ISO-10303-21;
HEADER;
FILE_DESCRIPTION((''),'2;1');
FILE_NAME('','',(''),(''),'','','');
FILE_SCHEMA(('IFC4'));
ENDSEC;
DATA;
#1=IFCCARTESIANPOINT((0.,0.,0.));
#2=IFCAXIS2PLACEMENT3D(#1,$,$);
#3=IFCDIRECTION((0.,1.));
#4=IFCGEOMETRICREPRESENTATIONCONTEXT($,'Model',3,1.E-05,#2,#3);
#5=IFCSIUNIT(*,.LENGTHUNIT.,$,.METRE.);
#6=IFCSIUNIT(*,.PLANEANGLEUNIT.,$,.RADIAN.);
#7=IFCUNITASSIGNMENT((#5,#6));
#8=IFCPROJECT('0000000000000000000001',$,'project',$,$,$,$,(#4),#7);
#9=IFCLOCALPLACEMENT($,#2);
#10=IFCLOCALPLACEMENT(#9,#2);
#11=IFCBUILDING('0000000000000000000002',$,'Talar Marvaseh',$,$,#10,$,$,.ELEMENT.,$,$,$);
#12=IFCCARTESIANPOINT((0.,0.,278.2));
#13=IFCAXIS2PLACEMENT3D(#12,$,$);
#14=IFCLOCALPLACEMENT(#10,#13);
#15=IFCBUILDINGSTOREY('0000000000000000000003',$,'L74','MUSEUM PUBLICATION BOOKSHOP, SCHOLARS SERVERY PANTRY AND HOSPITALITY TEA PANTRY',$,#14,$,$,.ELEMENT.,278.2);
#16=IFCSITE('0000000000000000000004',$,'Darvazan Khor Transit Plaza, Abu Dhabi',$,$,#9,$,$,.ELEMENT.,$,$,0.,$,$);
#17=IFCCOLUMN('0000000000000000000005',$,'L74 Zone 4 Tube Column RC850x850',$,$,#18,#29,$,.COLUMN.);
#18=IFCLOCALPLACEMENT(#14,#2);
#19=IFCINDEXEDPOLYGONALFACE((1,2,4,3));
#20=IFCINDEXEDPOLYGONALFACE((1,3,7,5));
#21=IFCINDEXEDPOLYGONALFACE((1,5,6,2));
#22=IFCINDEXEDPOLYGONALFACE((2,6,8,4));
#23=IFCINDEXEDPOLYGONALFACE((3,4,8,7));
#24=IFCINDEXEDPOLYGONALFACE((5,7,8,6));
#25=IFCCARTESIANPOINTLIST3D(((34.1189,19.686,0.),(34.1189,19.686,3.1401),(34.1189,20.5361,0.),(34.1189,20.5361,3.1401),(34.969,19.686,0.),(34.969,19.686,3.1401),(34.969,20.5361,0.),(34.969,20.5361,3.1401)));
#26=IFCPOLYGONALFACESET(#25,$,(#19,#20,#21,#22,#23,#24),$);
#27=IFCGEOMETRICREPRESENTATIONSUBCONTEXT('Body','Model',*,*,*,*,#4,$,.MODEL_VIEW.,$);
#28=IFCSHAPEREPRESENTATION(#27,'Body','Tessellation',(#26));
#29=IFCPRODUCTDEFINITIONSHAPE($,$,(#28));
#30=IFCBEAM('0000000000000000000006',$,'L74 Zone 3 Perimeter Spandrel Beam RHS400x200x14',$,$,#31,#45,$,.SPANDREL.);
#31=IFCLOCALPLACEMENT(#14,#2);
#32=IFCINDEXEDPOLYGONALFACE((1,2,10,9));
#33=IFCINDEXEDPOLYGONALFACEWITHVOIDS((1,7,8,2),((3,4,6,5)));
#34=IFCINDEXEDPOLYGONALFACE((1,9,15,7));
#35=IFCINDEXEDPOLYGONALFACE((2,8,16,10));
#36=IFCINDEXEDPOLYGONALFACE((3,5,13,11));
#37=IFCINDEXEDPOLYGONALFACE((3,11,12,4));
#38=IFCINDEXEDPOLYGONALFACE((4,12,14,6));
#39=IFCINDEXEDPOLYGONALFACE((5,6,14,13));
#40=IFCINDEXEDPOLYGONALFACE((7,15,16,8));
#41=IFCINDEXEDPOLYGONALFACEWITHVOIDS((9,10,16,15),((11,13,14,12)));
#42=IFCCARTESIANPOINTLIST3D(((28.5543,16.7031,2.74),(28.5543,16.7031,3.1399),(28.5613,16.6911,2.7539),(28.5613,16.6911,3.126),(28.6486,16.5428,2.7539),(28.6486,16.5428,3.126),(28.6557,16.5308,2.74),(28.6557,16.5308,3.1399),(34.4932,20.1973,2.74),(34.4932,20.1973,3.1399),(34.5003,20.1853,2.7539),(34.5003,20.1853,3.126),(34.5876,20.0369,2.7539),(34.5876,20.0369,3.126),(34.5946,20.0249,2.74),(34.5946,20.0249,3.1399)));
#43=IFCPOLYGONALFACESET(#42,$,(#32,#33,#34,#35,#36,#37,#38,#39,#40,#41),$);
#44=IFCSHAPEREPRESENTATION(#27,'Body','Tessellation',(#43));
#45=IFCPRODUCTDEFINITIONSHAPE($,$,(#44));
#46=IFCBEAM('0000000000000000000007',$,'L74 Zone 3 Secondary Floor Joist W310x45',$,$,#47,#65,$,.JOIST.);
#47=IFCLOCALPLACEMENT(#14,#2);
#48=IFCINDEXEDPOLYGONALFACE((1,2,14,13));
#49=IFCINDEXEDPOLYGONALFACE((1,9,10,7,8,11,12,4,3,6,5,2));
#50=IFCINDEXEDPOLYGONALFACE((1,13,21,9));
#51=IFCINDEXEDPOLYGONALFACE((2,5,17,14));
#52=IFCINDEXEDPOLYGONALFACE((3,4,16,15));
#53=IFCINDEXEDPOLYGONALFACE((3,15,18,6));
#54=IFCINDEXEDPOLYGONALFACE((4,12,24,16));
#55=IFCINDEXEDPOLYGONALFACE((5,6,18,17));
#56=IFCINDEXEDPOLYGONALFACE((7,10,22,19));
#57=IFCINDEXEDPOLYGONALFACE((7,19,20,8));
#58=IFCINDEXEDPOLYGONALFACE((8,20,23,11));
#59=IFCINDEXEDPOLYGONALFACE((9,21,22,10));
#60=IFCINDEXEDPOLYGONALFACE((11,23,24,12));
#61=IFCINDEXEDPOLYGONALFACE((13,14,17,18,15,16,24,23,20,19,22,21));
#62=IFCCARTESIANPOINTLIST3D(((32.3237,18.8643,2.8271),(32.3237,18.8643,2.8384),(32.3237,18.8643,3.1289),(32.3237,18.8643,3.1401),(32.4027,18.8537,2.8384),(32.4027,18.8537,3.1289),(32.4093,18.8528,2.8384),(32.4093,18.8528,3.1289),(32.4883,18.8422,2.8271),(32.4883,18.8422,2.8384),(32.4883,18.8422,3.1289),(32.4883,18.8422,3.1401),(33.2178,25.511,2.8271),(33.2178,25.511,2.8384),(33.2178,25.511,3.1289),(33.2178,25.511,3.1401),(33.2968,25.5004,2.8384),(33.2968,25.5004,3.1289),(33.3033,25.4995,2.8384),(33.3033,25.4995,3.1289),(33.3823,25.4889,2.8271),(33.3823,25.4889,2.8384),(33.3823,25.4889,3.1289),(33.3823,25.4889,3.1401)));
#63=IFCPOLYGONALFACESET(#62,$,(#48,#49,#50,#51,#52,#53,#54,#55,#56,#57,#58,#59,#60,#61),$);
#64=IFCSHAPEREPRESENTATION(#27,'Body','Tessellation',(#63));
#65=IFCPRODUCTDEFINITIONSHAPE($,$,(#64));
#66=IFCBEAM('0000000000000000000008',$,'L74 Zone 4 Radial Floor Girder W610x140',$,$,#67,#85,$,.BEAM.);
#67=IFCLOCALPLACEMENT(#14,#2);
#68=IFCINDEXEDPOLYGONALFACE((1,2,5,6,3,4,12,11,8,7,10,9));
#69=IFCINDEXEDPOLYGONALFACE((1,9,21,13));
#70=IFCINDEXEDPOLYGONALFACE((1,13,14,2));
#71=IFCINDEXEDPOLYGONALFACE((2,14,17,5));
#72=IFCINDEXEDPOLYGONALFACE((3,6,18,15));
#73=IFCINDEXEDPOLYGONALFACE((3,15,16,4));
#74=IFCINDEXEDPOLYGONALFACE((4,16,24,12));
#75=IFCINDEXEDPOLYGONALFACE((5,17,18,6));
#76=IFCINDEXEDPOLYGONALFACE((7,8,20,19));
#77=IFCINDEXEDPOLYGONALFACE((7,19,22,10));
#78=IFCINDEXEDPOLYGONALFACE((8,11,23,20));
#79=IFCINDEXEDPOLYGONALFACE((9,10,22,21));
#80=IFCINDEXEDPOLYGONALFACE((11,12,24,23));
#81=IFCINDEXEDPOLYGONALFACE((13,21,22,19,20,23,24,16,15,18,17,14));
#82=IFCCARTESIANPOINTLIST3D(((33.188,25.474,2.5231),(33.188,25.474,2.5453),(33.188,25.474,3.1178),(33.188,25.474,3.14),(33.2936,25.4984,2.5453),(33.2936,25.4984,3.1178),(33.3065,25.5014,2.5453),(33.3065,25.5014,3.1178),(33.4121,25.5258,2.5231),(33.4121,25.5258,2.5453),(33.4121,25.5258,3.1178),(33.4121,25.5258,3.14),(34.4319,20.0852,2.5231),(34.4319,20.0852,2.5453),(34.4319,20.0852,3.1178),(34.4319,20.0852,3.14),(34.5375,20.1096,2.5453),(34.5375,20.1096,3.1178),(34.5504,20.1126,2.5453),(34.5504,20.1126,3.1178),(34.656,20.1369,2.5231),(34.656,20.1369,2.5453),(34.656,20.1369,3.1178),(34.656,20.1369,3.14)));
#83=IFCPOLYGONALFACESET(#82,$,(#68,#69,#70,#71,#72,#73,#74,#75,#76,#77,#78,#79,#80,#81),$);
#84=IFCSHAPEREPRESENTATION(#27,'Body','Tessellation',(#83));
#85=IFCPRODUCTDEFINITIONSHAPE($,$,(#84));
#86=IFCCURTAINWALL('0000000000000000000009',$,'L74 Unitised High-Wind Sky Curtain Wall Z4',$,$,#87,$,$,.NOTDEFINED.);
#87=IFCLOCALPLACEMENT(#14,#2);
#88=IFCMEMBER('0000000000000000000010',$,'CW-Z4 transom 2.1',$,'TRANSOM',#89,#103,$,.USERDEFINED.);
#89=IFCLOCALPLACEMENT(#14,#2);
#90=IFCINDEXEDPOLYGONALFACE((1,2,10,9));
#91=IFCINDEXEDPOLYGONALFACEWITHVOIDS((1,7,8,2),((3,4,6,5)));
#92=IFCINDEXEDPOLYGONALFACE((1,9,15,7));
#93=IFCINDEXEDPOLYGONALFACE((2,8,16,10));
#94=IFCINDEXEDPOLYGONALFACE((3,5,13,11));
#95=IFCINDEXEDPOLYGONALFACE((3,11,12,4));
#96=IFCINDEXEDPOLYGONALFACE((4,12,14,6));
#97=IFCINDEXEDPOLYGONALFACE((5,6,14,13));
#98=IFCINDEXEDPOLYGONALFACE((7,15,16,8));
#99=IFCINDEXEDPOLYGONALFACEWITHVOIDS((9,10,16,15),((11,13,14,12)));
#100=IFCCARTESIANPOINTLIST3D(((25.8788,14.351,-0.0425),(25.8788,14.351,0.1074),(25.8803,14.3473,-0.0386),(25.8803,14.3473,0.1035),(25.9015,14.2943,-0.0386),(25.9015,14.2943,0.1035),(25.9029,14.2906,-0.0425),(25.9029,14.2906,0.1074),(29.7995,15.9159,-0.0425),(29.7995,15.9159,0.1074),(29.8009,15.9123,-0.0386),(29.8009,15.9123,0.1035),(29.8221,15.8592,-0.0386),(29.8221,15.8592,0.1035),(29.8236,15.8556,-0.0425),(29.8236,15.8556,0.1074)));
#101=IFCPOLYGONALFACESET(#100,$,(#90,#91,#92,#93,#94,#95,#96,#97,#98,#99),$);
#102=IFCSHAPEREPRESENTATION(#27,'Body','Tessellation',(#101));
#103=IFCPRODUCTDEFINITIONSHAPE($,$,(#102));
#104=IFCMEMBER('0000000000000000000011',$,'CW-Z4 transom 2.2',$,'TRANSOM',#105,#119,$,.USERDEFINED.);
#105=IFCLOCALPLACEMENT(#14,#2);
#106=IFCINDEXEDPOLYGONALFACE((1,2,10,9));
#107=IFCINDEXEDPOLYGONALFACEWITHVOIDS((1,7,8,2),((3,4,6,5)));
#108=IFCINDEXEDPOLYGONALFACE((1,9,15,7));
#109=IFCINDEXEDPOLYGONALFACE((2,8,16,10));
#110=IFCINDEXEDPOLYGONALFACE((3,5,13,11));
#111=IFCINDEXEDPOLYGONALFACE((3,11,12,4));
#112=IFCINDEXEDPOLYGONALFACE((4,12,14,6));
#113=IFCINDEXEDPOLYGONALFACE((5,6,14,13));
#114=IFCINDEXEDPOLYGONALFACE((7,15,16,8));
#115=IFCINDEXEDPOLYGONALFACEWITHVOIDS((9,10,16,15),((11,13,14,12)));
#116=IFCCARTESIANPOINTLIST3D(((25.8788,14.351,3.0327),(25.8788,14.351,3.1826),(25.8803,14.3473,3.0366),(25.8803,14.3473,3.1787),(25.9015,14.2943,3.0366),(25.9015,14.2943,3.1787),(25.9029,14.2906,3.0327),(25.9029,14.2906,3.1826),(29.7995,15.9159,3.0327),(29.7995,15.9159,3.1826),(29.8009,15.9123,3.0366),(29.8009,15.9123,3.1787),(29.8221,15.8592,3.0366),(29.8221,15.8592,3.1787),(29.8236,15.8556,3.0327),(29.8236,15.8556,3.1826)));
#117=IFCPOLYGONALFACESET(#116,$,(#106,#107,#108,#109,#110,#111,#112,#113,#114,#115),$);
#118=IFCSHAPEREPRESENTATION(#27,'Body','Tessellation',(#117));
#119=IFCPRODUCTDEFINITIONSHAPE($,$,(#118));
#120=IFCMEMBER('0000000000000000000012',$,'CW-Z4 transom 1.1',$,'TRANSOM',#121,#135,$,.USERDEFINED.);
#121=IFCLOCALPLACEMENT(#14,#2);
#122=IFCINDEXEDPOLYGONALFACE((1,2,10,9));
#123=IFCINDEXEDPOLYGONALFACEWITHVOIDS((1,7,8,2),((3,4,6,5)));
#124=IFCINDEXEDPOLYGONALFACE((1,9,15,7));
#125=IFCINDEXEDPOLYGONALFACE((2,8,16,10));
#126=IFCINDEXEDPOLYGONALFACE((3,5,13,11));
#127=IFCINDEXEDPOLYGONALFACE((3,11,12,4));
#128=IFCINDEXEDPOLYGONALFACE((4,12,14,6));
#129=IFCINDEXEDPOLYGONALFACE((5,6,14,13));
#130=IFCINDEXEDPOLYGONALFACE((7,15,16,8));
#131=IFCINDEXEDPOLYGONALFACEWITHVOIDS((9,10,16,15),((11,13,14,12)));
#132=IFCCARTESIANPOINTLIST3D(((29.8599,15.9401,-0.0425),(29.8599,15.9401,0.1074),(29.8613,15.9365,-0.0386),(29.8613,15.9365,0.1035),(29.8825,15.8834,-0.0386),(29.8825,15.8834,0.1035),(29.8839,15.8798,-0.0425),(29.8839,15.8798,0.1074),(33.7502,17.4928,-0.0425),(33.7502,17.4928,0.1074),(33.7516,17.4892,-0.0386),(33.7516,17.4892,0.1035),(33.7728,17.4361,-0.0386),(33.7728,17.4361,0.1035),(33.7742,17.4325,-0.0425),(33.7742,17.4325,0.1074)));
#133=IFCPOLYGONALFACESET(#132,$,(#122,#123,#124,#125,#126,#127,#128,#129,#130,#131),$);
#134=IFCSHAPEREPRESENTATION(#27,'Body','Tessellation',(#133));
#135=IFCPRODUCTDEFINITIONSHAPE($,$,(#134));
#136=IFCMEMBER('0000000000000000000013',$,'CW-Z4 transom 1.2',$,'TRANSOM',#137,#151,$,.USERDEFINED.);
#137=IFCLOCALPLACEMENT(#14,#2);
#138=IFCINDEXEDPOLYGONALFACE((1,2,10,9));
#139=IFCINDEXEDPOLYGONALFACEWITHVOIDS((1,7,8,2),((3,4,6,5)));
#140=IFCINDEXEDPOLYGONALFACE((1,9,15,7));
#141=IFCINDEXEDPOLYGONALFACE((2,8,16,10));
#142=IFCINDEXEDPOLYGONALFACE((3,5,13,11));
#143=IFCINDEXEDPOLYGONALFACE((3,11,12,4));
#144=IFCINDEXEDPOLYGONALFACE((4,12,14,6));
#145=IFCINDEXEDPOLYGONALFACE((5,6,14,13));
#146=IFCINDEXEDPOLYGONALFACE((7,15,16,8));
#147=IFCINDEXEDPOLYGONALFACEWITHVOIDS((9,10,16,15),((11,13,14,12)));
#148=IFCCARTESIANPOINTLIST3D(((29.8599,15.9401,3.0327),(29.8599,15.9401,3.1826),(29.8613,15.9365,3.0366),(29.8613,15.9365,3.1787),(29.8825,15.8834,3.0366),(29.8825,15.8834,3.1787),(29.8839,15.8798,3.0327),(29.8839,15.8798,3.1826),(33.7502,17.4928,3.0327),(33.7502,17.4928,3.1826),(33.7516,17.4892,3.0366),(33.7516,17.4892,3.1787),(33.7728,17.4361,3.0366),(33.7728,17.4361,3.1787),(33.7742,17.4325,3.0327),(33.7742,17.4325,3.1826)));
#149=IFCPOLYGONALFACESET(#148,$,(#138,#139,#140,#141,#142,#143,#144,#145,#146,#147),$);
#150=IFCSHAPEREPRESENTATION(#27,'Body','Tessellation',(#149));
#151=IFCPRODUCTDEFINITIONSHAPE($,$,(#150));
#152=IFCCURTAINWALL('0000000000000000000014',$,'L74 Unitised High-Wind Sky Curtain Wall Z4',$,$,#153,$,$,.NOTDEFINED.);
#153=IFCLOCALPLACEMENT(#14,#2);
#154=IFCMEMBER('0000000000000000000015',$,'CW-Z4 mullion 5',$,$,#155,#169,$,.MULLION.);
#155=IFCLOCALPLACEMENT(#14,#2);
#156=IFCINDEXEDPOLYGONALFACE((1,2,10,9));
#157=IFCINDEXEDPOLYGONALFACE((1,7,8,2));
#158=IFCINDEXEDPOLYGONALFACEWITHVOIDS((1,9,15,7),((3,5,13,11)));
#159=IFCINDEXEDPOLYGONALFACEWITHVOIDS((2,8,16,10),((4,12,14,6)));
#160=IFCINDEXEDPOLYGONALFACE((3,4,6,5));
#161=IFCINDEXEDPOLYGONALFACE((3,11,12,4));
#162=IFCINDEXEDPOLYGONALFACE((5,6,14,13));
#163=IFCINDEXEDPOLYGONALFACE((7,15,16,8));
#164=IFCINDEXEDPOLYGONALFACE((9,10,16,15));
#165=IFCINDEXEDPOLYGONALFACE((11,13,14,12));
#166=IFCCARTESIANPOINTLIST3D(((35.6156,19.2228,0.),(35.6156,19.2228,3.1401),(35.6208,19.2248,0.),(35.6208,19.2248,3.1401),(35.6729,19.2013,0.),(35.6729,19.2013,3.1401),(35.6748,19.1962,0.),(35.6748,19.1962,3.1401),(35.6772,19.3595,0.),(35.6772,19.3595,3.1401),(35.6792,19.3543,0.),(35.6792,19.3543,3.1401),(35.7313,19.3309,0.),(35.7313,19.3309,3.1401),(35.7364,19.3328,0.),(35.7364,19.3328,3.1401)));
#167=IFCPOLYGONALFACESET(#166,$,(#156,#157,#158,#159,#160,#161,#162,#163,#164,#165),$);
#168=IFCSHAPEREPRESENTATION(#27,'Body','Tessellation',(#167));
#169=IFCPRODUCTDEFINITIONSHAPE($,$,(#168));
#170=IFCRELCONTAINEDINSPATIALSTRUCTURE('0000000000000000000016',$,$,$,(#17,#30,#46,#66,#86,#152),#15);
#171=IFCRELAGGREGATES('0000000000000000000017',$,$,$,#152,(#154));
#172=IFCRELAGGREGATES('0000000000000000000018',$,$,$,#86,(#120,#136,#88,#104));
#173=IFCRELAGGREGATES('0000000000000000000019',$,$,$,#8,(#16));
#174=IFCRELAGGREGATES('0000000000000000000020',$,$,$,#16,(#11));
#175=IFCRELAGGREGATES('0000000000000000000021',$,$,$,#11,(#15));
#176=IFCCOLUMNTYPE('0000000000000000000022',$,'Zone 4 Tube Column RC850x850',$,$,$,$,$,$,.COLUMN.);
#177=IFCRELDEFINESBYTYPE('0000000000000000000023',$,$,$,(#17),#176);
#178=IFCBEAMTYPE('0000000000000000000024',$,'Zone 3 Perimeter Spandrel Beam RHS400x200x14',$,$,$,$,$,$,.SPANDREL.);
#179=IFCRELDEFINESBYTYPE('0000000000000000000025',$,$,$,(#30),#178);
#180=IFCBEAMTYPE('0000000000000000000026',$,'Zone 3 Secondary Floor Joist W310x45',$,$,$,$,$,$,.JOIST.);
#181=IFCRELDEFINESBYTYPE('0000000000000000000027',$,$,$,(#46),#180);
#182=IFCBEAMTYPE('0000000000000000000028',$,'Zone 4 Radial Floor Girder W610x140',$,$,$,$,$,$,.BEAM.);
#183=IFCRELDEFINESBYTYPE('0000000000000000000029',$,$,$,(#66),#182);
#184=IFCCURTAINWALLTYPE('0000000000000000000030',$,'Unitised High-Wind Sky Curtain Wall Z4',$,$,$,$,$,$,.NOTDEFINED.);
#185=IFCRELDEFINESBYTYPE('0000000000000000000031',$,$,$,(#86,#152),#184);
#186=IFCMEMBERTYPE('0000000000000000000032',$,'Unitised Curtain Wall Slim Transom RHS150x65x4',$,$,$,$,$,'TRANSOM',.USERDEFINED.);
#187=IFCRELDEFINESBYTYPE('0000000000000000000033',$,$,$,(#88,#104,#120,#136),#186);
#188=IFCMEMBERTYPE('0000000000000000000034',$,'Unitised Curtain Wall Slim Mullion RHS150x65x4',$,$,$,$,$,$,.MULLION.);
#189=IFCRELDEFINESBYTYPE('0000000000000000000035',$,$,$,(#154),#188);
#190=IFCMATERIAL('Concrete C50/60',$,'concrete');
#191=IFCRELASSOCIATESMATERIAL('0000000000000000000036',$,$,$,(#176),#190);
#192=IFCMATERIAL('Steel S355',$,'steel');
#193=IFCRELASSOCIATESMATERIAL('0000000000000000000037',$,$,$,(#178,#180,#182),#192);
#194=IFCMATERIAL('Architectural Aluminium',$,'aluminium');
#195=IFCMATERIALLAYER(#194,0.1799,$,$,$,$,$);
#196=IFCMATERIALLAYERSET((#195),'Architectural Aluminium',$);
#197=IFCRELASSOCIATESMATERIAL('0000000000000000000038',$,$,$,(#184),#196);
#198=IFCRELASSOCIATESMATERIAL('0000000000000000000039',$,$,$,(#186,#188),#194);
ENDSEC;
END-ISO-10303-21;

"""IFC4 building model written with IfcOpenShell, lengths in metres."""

from ifc_helpers import new_model, si_unit, direction, frame, origin, origin_2d, place, context, subcontext, project, spatial, rectangle, hollow_rectangle, i_section, extrude, source, transform, mapped, material, layer, layer_set, material_profile, profile_set, type_object, type_shapes, element, aggregate, save


model = new_model("IFC4")

# Units and contexts
model_context = context("Model", 3, precision=1e-05, world=origin(), true_north=direction((0.0, 1.0)))
body_context = subcontext(model_context, "Body", "Model", "MODEL_VIEW")
ifc_project = project(units=[si_unit("LENGTHUNIT", "METRE"), si_unit("PLANEANGLEUNIT", "RADIAN")], contexts=[model_context])

# Site, building, storey
site_placement = place(None, origin())
site = spatial("IfcSite", under=ifc_project, at=site_placement, Name="Darvazan Khor Transit Plaza, Abu Dhabi", CompositionType="ELEMENT", RefElevation=0.0)
building_placement = place(site_placement, origin())
building = spatial("IfcBuilding", under=site, at=building_placement, Name="Talar Marvaseh", CompositionType="ELEMENT")
storey_placement = place(building_placement, frame((0.0, 0.0, 278.2)))
storey = spatial("IfcBuildingStorey", under=building, at=storey_placement, Name="L74", Description="MUSEUM PUBLICATION BOOKSHOP, SCHOLARS SERVERY PANTRY AND HOSPITALITY TEA PANTRY", CompositionType="ELEMENT", Elevation=278.2)

# Column
ifc_material_1 = material(Name="Concrete C50/60", Category="concrete")
ifc_material_profile_1 = material_profile(ifc_material_1, rectangle(XDim=0.8501, YDim=0.8501, at=origin_2d()), Name="RC850x850")
ifc_profile_set_1 = profile_set([ifc_material_profile_1], Name="Concrete C50/60")
column_type = type_object("IfcColumnType", Name="Zone 4 Tube Column RC850x850", PredefinedType="COLUMN", material=ifc_profile_set_1)
column_placement = place(storey_placement, frame((34.5439, 20.1111, 0.0), z_axis=(0.0, 0.0, 1.0), x_axis=(1.0, 0.0, 0.0)))
element("IfcColumn", 1, at=column_placement, inside=storey, type_object=column_type, Name="L74 Zone 4 Tube Column RC850x850", PredefinedType="COLUMN", context=body_context, shape_type="SweptSolid", body=[
    extrude(rectangle(XDim=0.8501, YDim=0.8501, at=origin_2d()), origin(), (0.0, 0.0, 1.0), 3.1401),
])

# Beams
ifc_material_2 = material(Name="Steel S355", Category="steel")
ifc_material_profile_2 = material_profile(ifc_material_2, hollow_rectangle(XDim=0.2, YDim=0.3999, WallThickness=0.0139, at=origin_2d()), Name="RHS400x200x14")
ifc_profile_set_2 = profile_set([ifc_material_profile_2], Name="Steel S355")
beam_type_1 = type_object("IfcBeamType", Name="Zone 3 Perimeter Spandrel Beam RHS400x200x14", PredefinedType="SPANDREL", material=ifc_profile_set_2)
beam_1_placement = place(storey_placement, frame((34.5439, 20.1111, 2.9399), z_axis=(-0.861894, -0.507088, 0.0), x_axis=(0.507088, -0.861894, 0.0)))
element("IfcBeam", 2, at=beam_1_placement, inside=storey, type_object=beam_type_1, Name="L74 Zone 3 Perimeter Spandrel Beam RHS400x200x14", PredefinedType="SPANDREL", context=body_context, shape_type="SweptSolid", body=[
    extrude(hollow_rectangle(XDim=0.2, YDim=0.3999, WallThickness=0.0139, at=origin_2d()), origin(), (0.0, 0.0, 1.0), 6.8906),
])
ifc_material_profile_3 = material_profile(ifc_material_2, i_section(OverallWidth=0.166, OverallDepth=0.313, WebThickness=0.0066, FlangeThickness=0.0112, at=origin_2d()), Name="W310x45")
ifc_profile_set_3 = profile_set([ifc_material_profile_3], Name="Steel S355")
beam_type_2 = type_object("IfcBeamType", Name="Zone 3 Secondary Floor Joist W310x45", PredefinedType="JOIST", material=ifc_profile_set_3)
beam_2_placement = place(storey_placement, frame((32.406, 18.8533, 2.9836), z_axis=(0.133308, 0.991075, 0.0), x_axis=(-0.991075, 0.133308, 0.0)))
element("IfcBeam", 3, at=beam_2_placement, inside=storey, type_object=beam_type_2, Name="L74 Zone 3 Secondary Floor Joist W310x45", PredefinedType="JOIST", context=body_context, shape_type="SweptSolid", body=[
    extrude(i_section(OverallWidth=0.166, OverallDepth=0.313, WebThickness=0.0066, FlangeThickness=0.0112, at=origin_2d()), origin(), (0.0, 0.0, 1.0), 6.7065),
])
ifc_material_profile_4 = material_profile(ifc_material_2, i_section(OverallWidth=0.23, OverallDepth=0.6169, WebThickness=0.0132, FlangeThickness=0.0222, at=origin_2d()), Name="W610x140")
ifc_profile_set_4 = profile_set([ifc_material_profile_4], Name="Steel S355")
beam_type_3 = type_object("IfcBeamType", Name="Zone 4 Radial Floor Girder W610x140", PredefinedType="BEAM", material=ifc_profile_set_4)
beam_3_placement = place(storey_placement, frame((34.5439, 20.1111, 2.8315), z_axis=(-0.224911, 0.974379, 0.0), x_axis=(-0.974379, -0.224911, 0.0)))
element("IfcBeam", 4, at=beam_3_placement, inside=storey, type_object=beam_type_3, Name="L74 Zone 4 Radial Floor Girder W610x140", PredefinedType="BEAM", context=body_context, shape_type="SweptSolid", body=[
    extrude(i_section(OverallWidth=0.23, OverallDepth=0.6169, WebThickness=0.0132, FlangeThickness=0.0222, at=origin_2d()), origin(), (0.0, 0.0, 1.0), 5.5305),
])

# Curtain wall, members
ifc_material_3 = material(Name="Architectural Aluminium", Category="aluminium")
ifc_layer_1 = layer(ifc_material_3, 0.1799)
ifc_layer_set_1 = layer_set([ifc_layer_1], Name="Architectural Aluminium")
curtain_wall_type = type_object("IfcCurtainWallType", Name="Unitised High-Wind Sky Curtain Wall Z4", PredefinedType="NOTDEFINED", material=ifc_layer_set_1)
curtain_wall_1_placement = place(storey_placement, origin())
curtain_wall_1 = element("IfcCurtainWall", 5, at=curtain_wall_1_placement, inside=storey, type_object=curtain_wall_type, Name="L74 Unitised High-Wind Sky Curtain Wall Z4", PredefinedType="NOTDEFINED")
ifc_material_profile_5 = material_profile(ifc_material_3, hollow_rectangle(XDim=0.0649, YDim=0.1499, WallThickness=0.0039, at=origin_2d()), Name="RHS150x65x4")
ifc_profile_set_5 = profile_set([ifc_material_profile_5], Name="Architectural Aluminium")
member_type_1 = type_object("IfcMemberType", Name="Unitised Curtain Wall Slim Transom RHS150x65x4", ElementType="TRANSOM", PredefinedType="USERDEFINED", material=ifc_profile_set_5)
shared_shape_1 = source(origin(), body_context, "Body", "SweptSolid", [
    extrude(hollow_rectangle(XDim=0.0649, YDim=0.1499, WallThickness=0.0039, at=origin_2d()), origin(), (0.0, 0.0, 1.0), 4.2214),
])
member_1_placement = place(storey_placement, frame((29.8115, 15.8857, 0.0325), z_axis=(-0.928748, -0.370713, 0.0), x_axis=(0.370713, -0.928748, 0.0)))
member_1 = element("IfcMember", 6, at=member_1_placement, type_object=member_type_1, Name="CW-Z4 transom 2.1", ObjectType="TRANSOM", PredefinedType="USERDEFINED", context=body_context, shape_type="MappedRepresentation", body=[
    mapped(shared_shape_1, transform((0.0, 0.0, 0.0), x_axis=(1.0, 0.0, 0.0), y_axis=(0.0, 1.0, 0.0), z_axis=(0.0, 0.0, 1.0), scale=1.0)),
])
member_2_placement = place(storey_placement, frame((29.8115, 15.8857, 3.1077), z_axis=(-0.928748, -0.370713, 0.0), x_axis=(0.370713, -0.928748, 0.0)))
member_2 = element("IfcMember", 7, at=member_2_placement, type_object=member_type_1, Name="CW-Z4 transom 2.2", ObjectType="TRANSOM", PredefinedType="USERDEFINED", context=body_context, shape_type="MappedRepresentation", body=[
    mapped(shared_shape_1, transform((0.0, 0.0, 0.0), x_axis=(1.0, 0.0, 0.0), y_axis=(0.0, 1.0, 0.0), z_axis=(0.0, 0.0, 1.0), scale=1.0)),
])
shared_shape_2 = source(origin(), body_context, "Body", "SweptSolid", [
    extrude(hollow_rectangle(XDim=0.0649, YDim=0.1499, WallThickness=0.0039, at=origin_2d()), origin(), (0.0, 0.0, 1.0), 4.1887),
])
type_shapes(member_type_1, [shared_shape_1, shared_shape_2])
member_3_placement = place(storey_placement, frame((33.7622, 17.4626, 0.0325), z_axis=(-0.928758, -0.370687, 0.0), x_axis=(0.370687, -0.928758, 0.0)))
member_3 = element("IfcMember", 8, at=member_3_placement, type_object=member_type_1, Name="CW-Z4 transom 1.1", ObjectType="TRANSOM", PredefinedType="USERDEFINED", context=body_context, shape_type="MappedRepresentation", body=[
    mapped(shared_shape_2, transform((0.0, 0.0, 0.0), x_axis=(1.0, 0.0, 0.0), y_axis=(0.0, 1.0, 0.0), z_axis=(0.0, 0.0, 1.0), scale=1.0)),
])
member_4_placement = place(storey_placement, frame((33.7622, 17.4626, 3.1077), z_axis=(-0.928758, -0.370687, 0.0), x_axis=(0.370687, -0.928758, 0.0)))
member_4 = element("IfcMember", 9, at=member_4_placement, type_object=member_type_1, Name="CW-Z4 transom 1.2", ObjectType="TRANSOM", PredefinedType="USERDEFINED", context=body_context, shape_type="MappedRepresentation", body=[
    mapped(shared_shape_2, transform((0.0, 0.0, 0.0), x_axis=(1.0, 0.0, 0.0), y_axis=(0.0, 1.0, 0.0), z_axis=(0.0, 0.0, 1.0), scale=1.0)),
])

# Curtain wall, member
curtain_wall_2_placement = place(storey_placement, origin())
curtain_wall_2 = element("IfcCurtainWall", 10, at=curtain_wall_2_placement, inside=storey, type_object=curtain_wall_type, Name="L74 Unitised High-Wind Sky Curtain Wall Z4", PredefinedType="NOTDEFINED")
ifc_material_profile_6 = material_profile(ifc_material_3, hollow_rectangle(XDim=0.0649, YDim=0.1499, WallThickness=0.0039, at=origin_2d()), Name="RHS150x65x4")
ifc_profile_set_6 = profile_set([ifc_material_profile_6], Name="Architectural Aluminium")
member_type_2 = type_object("IfcMemberType", Name="Unitised Curtain Wall Slim Mullion RHS150x65x4", PredefinedType="MULLION", material=ifc_profile_set_6)
shared_shape_3 = source(origin(), body_context, "Body", "SweptSolid", [
    extrude(hollow_rectangle(XDim=0.0649, YDim=0.1499, WallThickness=0.0039, at=origin_2d()), origin(), (0.0, 0.0, 1.0), 3.1401),
])
type_shapes(member_type_2, [shared_shape_3])
member_5_placement = place(storey_placement, frame((35.676, 19.2778, 0.0), z_axis=(0.0, 0.0, 1.0), x_axis=(0.911699, -0.41086, 0.0)))
member_5 = element("IfcMember", 11, at=member_5_placement, type_object=member_type_2, Name="CW-Z4 mullion 5", PredefinedType="MULLION", context=body_context, shape_type="MappedRepresentation", body=[
    mapped(shared_shape_3, transform((0.0, 0.0, 0.0), x_axis=(1.0, 0.0, 0.0), y_axis=(0.0, 1.0, 0.0), z_axis=(0.0, 0.0, 1.0), scale=1.0)),
])
aggregate(curtain_wall_2, [member_5])

aggregate(curtain_wall_1, [member_3, member_4, member_1, member_2])

save(model, "model.ifc")
